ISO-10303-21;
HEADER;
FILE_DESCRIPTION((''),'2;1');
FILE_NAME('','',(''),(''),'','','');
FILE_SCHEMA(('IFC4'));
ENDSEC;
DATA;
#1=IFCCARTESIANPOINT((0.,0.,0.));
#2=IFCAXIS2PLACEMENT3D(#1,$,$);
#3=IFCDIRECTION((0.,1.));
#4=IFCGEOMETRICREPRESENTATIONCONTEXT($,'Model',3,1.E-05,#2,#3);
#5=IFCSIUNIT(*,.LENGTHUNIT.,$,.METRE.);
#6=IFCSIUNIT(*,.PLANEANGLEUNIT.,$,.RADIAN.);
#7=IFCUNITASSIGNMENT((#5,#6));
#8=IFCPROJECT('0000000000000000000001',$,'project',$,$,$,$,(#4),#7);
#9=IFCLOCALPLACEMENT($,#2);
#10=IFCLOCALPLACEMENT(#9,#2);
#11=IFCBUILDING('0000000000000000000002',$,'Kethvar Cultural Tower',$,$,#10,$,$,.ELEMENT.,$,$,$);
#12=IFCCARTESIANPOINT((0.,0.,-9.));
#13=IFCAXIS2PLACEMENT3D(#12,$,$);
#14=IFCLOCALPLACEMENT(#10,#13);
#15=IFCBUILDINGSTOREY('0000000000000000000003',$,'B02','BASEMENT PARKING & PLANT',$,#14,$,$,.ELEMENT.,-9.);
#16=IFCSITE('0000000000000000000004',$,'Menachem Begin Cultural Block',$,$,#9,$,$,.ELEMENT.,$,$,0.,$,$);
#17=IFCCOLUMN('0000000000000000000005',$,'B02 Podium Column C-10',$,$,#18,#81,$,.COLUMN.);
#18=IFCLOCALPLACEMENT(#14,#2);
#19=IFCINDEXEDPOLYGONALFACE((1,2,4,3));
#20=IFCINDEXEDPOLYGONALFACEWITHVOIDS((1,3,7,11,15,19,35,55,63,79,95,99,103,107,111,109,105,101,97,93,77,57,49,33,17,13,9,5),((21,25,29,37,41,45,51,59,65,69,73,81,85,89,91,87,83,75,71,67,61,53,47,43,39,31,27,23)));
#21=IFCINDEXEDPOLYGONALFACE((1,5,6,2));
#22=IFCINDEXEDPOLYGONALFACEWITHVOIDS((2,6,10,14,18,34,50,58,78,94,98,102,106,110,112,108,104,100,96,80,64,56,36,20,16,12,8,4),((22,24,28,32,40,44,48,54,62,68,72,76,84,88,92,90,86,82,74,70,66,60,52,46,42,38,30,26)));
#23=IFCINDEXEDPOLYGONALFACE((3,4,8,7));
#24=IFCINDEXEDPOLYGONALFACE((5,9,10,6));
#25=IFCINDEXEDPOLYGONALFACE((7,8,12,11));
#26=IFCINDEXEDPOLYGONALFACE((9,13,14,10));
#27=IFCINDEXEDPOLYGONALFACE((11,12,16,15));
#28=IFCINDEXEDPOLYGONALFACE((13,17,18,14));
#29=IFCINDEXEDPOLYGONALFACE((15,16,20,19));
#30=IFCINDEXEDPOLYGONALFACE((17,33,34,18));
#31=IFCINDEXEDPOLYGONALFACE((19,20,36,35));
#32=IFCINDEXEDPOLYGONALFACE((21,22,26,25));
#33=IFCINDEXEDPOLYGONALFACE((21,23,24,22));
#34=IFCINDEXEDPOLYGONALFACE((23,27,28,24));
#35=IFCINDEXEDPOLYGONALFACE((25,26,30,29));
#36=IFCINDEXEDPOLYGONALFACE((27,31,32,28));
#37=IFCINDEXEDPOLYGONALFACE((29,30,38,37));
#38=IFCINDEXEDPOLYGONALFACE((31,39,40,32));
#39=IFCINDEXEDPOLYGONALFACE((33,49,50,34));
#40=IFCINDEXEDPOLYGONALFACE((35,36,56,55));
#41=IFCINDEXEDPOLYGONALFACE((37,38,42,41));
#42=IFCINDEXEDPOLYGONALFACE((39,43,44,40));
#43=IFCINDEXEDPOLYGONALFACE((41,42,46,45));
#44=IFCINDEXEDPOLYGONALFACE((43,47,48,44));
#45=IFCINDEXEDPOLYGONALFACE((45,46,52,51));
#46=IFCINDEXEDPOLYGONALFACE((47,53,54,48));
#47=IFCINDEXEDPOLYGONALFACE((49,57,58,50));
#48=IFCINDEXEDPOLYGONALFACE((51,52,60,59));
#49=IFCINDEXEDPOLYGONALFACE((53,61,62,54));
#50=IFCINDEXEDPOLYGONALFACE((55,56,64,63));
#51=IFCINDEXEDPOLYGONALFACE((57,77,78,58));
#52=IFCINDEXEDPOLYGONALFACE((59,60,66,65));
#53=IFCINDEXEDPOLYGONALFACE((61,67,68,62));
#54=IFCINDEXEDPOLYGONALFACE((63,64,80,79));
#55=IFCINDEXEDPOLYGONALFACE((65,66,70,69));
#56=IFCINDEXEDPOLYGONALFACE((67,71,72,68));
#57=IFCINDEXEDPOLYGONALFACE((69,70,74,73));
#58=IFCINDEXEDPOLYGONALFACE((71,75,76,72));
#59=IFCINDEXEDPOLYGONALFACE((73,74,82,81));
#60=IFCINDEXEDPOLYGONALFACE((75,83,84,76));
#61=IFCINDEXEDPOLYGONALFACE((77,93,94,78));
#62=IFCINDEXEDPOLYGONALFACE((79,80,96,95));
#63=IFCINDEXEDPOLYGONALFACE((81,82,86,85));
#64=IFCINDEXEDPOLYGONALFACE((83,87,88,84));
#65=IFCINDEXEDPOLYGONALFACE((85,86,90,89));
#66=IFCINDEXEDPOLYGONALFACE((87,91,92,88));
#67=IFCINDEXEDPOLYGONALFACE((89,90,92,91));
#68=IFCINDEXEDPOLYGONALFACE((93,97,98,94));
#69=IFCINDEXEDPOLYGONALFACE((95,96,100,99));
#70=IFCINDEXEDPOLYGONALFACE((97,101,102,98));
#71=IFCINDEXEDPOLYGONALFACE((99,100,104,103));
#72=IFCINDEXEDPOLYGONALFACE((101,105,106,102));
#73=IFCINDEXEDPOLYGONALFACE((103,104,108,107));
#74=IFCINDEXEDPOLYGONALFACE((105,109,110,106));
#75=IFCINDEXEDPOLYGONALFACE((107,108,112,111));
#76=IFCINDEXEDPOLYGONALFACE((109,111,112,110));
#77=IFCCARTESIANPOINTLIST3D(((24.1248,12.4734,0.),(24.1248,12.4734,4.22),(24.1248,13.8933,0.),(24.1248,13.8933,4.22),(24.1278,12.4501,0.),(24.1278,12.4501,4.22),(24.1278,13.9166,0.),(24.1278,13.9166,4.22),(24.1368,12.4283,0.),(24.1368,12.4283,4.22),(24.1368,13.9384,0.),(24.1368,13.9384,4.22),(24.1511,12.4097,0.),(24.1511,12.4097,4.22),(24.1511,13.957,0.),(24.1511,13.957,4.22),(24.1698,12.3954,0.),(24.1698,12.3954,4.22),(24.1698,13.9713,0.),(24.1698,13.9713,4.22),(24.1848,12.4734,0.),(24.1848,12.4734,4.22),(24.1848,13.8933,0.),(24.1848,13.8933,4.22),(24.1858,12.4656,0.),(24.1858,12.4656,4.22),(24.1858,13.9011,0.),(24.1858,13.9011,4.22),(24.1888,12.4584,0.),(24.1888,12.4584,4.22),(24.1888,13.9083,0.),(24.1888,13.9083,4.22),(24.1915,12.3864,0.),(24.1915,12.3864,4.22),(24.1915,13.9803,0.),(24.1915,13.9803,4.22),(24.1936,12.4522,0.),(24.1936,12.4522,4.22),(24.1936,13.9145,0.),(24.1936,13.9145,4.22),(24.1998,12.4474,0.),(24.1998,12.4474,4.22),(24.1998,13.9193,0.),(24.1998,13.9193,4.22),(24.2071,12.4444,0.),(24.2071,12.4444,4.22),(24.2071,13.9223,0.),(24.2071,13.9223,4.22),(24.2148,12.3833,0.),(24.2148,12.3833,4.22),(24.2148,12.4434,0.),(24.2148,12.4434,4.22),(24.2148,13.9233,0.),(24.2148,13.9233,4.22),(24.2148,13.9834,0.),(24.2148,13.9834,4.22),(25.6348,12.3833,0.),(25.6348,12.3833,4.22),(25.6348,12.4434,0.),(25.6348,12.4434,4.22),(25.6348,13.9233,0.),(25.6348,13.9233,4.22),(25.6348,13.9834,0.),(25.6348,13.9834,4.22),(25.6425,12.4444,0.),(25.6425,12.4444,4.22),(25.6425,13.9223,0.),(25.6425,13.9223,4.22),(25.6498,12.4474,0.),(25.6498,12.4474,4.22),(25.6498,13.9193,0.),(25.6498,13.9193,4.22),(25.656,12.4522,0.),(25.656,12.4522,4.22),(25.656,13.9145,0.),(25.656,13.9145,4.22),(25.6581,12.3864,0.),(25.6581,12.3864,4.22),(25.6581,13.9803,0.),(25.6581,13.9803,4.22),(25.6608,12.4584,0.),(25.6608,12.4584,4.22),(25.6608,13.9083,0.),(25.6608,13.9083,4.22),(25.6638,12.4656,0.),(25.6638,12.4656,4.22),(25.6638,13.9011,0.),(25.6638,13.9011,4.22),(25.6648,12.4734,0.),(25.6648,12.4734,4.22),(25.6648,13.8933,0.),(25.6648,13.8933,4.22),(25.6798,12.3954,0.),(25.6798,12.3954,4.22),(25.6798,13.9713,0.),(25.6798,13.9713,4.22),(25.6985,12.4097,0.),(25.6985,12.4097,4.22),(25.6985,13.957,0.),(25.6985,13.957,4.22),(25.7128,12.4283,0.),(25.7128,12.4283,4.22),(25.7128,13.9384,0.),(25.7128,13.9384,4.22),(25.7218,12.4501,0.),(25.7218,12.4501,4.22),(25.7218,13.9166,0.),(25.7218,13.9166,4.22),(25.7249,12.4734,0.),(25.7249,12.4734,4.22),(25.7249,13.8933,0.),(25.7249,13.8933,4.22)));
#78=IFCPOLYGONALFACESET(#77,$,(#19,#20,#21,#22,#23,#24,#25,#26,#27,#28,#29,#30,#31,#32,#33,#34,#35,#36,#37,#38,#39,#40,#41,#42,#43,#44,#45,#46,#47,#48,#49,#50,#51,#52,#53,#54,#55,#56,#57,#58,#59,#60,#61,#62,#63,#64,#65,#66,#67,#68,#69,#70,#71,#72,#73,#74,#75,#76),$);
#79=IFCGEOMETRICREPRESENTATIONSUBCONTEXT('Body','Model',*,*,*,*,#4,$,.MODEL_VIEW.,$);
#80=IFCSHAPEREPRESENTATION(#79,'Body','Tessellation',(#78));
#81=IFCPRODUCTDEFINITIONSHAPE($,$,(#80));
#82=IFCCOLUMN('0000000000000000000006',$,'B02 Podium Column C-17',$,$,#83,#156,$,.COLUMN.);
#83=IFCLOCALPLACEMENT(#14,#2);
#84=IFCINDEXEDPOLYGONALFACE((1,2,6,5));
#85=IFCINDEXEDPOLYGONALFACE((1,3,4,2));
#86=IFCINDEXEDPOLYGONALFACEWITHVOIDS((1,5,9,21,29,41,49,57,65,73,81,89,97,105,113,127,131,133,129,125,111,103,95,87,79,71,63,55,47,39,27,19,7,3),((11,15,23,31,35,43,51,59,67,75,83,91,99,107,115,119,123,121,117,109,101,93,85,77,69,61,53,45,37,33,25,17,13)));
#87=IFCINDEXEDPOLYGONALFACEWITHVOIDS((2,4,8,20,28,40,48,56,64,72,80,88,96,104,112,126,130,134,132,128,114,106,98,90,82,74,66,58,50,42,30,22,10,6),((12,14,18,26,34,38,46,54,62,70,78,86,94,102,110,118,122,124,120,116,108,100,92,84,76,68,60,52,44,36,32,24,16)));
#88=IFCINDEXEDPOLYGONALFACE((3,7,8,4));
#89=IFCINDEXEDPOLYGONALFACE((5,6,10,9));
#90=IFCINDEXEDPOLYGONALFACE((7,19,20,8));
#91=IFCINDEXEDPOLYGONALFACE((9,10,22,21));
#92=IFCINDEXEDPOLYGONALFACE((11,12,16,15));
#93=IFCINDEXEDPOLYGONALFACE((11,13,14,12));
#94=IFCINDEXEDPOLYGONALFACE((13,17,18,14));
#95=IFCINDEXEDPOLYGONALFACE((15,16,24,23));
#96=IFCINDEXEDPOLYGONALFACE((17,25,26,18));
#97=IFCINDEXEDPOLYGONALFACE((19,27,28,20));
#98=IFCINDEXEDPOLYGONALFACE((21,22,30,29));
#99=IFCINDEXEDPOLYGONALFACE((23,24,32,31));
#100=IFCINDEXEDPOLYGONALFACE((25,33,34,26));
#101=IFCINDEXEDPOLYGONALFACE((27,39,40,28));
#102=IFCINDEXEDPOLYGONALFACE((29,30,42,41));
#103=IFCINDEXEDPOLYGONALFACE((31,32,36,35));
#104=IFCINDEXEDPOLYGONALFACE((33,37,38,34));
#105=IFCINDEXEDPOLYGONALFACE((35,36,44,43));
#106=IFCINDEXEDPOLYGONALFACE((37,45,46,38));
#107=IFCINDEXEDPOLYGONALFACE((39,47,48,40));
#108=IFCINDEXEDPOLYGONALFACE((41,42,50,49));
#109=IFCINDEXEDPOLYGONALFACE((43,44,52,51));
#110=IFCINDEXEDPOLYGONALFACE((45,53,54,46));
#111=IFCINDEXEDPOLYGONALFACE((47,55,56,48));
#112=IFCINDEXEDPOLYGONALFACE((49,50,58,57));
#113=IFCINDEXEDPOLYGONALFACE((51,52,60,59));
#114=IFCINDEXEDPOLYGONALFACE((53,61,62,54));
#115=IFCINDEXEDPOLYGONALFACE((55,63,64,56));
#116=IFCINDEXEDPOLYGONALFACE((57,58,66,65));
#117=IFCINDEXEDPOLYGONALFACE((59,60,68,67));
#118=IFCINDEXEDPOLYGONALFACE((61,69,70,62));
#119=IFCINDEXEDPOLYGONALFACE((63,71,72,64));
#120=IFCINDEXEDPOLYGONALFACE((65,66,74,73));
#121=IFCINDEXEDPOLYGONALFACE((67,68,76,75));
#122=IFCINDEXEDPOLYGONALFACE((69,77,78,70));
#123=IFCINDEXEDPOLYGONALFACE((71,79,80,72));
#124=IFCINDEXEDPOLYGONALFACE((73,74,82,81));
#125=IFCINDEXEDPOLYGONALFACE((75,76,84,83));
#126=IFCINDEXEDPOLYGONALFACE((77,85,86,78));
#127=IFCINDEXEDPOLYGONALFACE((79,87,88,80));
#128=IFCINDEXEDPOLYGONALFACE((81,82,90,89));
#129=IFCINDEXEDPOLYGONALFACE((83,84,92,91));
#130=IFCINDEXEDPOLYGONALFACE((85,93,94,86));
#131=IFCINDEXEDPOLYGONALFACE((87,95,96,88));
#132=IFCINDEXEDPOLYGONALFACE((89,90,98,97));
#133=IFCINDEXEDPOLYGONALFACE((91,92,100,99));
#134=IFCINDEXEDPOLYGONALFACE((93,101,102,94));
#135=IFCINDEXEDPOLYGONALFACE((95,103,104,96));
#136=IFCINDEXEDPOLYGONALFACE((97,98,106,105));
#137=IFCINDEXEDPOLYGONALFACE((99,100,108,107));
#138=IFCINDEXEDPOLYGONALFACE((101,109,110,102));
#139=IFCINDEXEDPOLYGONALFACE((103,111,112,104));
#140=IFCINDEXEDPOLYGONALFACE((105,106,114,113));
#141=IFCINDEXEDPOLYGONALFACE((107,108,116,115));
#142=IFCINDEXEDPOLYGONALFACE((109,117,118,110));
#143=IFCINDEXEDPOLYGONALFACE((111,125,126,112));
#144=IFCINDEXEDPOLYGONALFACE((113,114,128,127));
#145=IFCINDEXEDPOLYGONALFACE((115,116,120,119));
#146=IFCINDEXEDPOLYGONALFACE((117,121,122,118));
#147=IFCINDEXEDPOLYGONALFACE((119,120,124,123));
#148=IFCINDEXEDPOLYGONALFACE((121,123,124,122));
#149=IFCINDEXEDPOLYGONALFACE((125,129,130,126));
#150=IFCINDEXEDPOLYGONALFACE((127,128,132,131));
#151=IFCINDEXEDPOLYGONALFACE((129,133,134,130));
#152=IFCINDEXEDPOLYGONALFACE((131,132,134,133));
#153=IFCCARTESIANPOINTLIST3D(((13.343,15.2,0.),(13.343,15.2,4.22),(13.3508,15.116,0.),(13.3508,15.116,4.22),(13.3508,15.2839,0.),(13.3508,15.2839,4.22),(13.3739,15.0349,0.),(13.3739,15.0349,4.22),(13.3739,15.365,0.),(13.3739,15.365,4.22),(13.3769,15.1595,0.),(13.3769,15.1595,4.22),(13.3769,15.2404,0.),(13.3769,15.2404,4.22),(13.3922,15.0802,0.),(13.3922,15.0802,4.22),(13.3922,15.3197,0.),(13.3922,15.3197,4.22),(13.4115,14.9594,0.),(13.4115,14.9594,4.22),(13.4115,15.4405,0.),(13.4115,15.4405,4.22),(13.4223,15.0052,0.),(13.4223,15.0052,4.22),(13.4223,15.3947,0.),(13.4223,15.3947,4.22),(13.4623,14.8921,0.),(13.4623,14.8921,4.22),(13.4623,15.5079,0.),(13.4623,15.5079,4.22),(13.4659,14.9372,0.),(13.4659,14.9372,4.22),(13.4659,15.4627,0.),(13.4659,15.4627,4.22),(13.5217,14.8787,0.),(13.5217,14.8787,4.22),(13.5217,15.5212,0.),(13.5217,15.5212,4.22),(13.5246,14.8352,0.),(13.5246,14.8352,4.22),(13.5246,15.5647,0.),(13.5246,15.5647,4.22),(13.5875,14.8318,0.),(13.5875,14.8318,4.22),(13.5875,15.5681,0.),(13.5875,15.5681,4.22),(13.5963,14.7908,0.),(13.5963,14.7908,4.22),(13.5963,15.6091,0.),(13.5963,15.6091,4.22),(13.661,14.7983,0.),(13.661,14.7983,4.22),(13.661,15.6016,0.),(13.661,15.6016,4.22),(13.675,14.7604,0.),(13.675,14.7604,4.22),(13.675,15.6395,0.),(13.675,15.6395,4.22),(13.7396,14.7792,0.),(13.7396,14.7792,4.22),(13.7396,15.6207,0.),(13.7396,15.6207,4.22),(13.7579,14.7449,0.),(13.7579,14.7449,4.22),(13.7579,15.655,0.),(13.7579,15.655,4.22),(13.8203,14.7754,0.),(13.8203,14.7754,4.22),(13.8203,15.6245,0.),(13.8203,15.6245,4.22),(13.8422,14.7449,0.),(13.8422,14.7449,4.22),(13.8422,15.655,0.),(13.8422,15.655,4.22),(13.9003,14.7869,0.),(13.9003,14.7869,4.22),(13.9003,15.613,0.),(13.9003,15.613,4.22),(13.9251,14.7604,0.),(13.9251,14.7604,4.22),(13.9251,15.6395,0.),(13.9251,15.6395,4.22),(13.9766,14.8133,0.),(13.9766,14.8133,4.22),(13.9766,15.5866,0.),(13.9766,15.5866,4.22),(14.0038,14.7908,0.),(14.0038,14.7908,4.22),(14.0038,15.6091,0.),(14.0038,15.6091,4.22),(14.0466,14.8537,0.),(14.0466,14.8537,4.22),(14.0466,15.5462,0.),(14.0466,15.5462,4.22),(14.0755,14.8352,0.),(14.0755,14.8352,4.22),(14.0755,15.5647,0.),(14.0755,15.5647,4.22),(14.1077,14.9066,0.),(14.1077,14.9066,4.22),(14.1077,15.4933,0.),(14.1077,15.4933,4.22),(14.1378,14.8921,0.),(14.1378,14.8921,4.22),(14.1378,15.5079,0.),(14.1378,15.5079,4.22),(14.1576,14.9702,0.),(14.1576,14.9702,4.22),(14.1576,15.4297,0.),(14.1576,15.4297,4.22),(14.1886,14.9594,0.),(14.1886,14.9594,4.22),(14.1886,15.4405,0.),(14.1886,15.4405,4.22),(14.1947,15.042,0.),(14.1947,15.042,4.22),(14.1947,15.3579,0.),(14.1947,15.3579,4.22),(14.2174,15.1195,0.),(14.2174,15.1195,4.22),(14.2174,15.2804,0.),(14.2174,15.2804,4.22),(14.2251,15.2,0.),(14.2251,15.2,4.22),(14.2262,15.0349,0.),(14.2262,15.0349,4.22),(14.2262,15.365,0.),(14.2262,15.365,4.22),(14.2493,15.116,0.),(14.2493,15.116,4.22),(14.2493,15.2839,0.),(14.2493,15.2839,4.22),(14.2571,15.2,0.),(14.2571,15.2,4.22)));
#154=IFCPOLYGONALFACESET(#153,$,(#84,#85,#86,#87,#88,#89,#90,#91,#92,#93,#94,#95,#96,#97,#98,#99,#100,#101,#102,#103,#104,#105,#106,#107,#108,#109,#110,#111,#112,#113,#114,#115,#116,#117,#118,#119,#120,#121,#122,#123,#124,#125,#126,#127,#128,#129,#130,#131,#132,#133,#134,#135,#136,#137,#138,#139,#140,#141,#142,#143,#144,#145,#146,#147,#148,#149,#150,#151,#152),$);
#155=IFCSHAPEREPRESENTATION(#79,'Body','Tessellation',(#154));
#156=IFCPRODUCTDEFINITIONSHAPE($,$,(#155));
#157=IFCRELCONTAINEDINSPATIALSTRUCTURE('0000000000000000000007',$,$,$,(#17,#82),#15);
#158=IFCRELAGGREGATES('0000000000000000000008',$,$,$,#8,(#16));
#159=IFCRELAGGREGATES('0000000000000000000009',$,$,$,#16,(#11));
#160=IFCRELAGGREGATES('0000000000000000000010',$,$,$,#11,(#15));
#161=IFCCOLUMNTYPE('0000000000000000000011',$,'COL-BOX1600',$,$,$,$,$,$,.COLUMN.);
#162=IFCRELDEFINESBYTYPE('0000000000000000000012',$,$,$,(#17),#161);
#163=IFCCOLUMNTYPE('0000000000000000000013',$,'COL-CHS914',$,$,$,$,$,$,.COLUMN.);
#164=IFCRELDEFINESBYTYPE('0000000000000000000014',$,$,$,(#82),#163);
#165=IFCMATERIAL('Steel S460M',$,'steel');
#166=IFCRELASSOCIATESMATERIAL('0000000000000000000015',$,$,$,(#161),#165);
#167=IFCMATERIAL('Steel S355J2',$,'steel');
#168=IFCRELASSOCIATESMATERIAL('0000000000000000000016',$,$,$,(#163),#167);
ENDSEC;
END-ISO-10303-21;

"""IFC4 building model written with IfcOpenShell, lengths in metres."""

from ifc_helpers import new_model, si_unit, direction, frame, origin, origin_2d, place, context, subcontext, project, spatial, hollow_rectangle, hollow_circle, extrude, source, transform, mapped, material, material_profile, profile_set, type_object, element, save


model = new_model("IFC4")

# Units and contexts
model_context = context("Model", 3, precision=1e-05, world=origin(), true_north=direction((0.0, 1.0)))
body_context = subcontext(model_context, "Body", "Model", "MODEL_VIEW")
ifc_project = project(units=[si_unit("LENGTHUNIT", "METRE"), si_unit("PLANEANGLEUNIT", "RADIAN")], contexts=[model_context])

# Site, building, storey
site_placement = place(None, origin())
site = spatial("IfcSite", under=ifc_project, at=site_placement, Name="Menachem Begin Cultural Block", CompositionType="ELEMENT", RefElevation=0.0)
building_placement = place(site_placement, origin())
building = spatial("IfcBuilding", under=site, at=building_placement, Name="Kethvar Cultural Tower", CompositionType="ELEMENT")
storey_placement = place(building_placement, frame((0.0, 0.0, -9.0)))
storey = spatial("IfcBuildingStorey", under=building, at=storey_placement, Name="B02", Description="BASEMENT PARKING & PLANT", CompositionType="ELEMENT", Elevation=-9.0)

# Columns
ifc_material_1 = material(Name="Steel S460M", Category="steel")
ifc_material_profile_1 = material_profile(ifc_material_1, hollow_rectangle(XDim=1.6001, YDim=1.6001, WallThickness=0.0601, InnerFilletRadius=0.03, OuterFilletRadius=0.0901, at=origin_2d()), Name="Steel S460M — BOX1600x1600x60")
ifc_profile_set_1 = profile_set([ifc_material_profile_1], Name="Steel S460M — BOX1600x1600x60")
column_type_1 = type_object("IfcColumnType", Name="COL-BOX1600", PredefinedType="COLUMN", material=ifc_profile_set_1)
shared_shape_1 = source(origin(), body_context, "Body", "SweptSolid", [
    extrude(hollow_rectangle(XDim=1.6001, YDim=1.6001, WallThickness=0.0601, InnerFilletRadius=0.03, OuterFilletRadius=0.0901, at=origin_2d()), origin(), (0.0, 0.0, 1.0), 4.22),
])
for number, where, z_axis, x_axis, name in (
    (1, (24.9248, 13.1833, 0.0), (0.0, 0.0, 1.0), (1.0, 0.0, 0.0), "B02 Podium Column C-10"),
):
    element("IfcColumn", number, at=place(storey_placement, frame(where, z_axis=z_axis, x_axis=x_axis)), inside=storey, type_object=column_type_1, Name=name, PredefinedType="COLUMN", context=body_context, shape_type="MappedRepresentation", body=[
        mapped(shared_shape_1, transform((0.0, 0.0, 0.0), scale=1.0)),
    ])
ifc_material_2 = material(Name="Steel S355J2", Category="steel")
ifc_material_profile_2 = material_profile(ifc_material_2, hollow_circle(Radius=0.457, WallThickness=0.032, at=origin_2d()), Name="Steel S355J2 — CHS914x32")
ifc_profile_set_2 = profile_set([ifc_material_profile_2], Name="Steel S355J2 — CHS914x32")
column_type_2 = type_object("IfcColumnType", Name="COL-CHS914", PredefinedType="COLUMN", material=ifc_profile_set_2)
shared_shape_2 = source(origin(), body_context, "Body", "SweptSolid", [
    extrude(hollow_circle(Radius=0.457, WallThickness=0.032, at=origin_2d()), origin(), (0.0, 0.0, 1.0), 4.22),
])
column_placement = place(storey_placement, frame((13.8, 15.2, 0.0), z_axis=(0.0, 0.0, 1.0), x_axis=(1.0, 0.0, 0.0)))
element("IfcColumn", 2, at=column_placement, inside=storey, type_object=column_type_2, Name="B02 Podium Column C-17", PredefinedType="COLUMN", context=body_context, shape_type="MappedRepresentation", body=[
    mapped(shared_shape_2, transform((0.0, 0.0, 0.0), scale=1.0)),
])

save(model, "model.ifc")
